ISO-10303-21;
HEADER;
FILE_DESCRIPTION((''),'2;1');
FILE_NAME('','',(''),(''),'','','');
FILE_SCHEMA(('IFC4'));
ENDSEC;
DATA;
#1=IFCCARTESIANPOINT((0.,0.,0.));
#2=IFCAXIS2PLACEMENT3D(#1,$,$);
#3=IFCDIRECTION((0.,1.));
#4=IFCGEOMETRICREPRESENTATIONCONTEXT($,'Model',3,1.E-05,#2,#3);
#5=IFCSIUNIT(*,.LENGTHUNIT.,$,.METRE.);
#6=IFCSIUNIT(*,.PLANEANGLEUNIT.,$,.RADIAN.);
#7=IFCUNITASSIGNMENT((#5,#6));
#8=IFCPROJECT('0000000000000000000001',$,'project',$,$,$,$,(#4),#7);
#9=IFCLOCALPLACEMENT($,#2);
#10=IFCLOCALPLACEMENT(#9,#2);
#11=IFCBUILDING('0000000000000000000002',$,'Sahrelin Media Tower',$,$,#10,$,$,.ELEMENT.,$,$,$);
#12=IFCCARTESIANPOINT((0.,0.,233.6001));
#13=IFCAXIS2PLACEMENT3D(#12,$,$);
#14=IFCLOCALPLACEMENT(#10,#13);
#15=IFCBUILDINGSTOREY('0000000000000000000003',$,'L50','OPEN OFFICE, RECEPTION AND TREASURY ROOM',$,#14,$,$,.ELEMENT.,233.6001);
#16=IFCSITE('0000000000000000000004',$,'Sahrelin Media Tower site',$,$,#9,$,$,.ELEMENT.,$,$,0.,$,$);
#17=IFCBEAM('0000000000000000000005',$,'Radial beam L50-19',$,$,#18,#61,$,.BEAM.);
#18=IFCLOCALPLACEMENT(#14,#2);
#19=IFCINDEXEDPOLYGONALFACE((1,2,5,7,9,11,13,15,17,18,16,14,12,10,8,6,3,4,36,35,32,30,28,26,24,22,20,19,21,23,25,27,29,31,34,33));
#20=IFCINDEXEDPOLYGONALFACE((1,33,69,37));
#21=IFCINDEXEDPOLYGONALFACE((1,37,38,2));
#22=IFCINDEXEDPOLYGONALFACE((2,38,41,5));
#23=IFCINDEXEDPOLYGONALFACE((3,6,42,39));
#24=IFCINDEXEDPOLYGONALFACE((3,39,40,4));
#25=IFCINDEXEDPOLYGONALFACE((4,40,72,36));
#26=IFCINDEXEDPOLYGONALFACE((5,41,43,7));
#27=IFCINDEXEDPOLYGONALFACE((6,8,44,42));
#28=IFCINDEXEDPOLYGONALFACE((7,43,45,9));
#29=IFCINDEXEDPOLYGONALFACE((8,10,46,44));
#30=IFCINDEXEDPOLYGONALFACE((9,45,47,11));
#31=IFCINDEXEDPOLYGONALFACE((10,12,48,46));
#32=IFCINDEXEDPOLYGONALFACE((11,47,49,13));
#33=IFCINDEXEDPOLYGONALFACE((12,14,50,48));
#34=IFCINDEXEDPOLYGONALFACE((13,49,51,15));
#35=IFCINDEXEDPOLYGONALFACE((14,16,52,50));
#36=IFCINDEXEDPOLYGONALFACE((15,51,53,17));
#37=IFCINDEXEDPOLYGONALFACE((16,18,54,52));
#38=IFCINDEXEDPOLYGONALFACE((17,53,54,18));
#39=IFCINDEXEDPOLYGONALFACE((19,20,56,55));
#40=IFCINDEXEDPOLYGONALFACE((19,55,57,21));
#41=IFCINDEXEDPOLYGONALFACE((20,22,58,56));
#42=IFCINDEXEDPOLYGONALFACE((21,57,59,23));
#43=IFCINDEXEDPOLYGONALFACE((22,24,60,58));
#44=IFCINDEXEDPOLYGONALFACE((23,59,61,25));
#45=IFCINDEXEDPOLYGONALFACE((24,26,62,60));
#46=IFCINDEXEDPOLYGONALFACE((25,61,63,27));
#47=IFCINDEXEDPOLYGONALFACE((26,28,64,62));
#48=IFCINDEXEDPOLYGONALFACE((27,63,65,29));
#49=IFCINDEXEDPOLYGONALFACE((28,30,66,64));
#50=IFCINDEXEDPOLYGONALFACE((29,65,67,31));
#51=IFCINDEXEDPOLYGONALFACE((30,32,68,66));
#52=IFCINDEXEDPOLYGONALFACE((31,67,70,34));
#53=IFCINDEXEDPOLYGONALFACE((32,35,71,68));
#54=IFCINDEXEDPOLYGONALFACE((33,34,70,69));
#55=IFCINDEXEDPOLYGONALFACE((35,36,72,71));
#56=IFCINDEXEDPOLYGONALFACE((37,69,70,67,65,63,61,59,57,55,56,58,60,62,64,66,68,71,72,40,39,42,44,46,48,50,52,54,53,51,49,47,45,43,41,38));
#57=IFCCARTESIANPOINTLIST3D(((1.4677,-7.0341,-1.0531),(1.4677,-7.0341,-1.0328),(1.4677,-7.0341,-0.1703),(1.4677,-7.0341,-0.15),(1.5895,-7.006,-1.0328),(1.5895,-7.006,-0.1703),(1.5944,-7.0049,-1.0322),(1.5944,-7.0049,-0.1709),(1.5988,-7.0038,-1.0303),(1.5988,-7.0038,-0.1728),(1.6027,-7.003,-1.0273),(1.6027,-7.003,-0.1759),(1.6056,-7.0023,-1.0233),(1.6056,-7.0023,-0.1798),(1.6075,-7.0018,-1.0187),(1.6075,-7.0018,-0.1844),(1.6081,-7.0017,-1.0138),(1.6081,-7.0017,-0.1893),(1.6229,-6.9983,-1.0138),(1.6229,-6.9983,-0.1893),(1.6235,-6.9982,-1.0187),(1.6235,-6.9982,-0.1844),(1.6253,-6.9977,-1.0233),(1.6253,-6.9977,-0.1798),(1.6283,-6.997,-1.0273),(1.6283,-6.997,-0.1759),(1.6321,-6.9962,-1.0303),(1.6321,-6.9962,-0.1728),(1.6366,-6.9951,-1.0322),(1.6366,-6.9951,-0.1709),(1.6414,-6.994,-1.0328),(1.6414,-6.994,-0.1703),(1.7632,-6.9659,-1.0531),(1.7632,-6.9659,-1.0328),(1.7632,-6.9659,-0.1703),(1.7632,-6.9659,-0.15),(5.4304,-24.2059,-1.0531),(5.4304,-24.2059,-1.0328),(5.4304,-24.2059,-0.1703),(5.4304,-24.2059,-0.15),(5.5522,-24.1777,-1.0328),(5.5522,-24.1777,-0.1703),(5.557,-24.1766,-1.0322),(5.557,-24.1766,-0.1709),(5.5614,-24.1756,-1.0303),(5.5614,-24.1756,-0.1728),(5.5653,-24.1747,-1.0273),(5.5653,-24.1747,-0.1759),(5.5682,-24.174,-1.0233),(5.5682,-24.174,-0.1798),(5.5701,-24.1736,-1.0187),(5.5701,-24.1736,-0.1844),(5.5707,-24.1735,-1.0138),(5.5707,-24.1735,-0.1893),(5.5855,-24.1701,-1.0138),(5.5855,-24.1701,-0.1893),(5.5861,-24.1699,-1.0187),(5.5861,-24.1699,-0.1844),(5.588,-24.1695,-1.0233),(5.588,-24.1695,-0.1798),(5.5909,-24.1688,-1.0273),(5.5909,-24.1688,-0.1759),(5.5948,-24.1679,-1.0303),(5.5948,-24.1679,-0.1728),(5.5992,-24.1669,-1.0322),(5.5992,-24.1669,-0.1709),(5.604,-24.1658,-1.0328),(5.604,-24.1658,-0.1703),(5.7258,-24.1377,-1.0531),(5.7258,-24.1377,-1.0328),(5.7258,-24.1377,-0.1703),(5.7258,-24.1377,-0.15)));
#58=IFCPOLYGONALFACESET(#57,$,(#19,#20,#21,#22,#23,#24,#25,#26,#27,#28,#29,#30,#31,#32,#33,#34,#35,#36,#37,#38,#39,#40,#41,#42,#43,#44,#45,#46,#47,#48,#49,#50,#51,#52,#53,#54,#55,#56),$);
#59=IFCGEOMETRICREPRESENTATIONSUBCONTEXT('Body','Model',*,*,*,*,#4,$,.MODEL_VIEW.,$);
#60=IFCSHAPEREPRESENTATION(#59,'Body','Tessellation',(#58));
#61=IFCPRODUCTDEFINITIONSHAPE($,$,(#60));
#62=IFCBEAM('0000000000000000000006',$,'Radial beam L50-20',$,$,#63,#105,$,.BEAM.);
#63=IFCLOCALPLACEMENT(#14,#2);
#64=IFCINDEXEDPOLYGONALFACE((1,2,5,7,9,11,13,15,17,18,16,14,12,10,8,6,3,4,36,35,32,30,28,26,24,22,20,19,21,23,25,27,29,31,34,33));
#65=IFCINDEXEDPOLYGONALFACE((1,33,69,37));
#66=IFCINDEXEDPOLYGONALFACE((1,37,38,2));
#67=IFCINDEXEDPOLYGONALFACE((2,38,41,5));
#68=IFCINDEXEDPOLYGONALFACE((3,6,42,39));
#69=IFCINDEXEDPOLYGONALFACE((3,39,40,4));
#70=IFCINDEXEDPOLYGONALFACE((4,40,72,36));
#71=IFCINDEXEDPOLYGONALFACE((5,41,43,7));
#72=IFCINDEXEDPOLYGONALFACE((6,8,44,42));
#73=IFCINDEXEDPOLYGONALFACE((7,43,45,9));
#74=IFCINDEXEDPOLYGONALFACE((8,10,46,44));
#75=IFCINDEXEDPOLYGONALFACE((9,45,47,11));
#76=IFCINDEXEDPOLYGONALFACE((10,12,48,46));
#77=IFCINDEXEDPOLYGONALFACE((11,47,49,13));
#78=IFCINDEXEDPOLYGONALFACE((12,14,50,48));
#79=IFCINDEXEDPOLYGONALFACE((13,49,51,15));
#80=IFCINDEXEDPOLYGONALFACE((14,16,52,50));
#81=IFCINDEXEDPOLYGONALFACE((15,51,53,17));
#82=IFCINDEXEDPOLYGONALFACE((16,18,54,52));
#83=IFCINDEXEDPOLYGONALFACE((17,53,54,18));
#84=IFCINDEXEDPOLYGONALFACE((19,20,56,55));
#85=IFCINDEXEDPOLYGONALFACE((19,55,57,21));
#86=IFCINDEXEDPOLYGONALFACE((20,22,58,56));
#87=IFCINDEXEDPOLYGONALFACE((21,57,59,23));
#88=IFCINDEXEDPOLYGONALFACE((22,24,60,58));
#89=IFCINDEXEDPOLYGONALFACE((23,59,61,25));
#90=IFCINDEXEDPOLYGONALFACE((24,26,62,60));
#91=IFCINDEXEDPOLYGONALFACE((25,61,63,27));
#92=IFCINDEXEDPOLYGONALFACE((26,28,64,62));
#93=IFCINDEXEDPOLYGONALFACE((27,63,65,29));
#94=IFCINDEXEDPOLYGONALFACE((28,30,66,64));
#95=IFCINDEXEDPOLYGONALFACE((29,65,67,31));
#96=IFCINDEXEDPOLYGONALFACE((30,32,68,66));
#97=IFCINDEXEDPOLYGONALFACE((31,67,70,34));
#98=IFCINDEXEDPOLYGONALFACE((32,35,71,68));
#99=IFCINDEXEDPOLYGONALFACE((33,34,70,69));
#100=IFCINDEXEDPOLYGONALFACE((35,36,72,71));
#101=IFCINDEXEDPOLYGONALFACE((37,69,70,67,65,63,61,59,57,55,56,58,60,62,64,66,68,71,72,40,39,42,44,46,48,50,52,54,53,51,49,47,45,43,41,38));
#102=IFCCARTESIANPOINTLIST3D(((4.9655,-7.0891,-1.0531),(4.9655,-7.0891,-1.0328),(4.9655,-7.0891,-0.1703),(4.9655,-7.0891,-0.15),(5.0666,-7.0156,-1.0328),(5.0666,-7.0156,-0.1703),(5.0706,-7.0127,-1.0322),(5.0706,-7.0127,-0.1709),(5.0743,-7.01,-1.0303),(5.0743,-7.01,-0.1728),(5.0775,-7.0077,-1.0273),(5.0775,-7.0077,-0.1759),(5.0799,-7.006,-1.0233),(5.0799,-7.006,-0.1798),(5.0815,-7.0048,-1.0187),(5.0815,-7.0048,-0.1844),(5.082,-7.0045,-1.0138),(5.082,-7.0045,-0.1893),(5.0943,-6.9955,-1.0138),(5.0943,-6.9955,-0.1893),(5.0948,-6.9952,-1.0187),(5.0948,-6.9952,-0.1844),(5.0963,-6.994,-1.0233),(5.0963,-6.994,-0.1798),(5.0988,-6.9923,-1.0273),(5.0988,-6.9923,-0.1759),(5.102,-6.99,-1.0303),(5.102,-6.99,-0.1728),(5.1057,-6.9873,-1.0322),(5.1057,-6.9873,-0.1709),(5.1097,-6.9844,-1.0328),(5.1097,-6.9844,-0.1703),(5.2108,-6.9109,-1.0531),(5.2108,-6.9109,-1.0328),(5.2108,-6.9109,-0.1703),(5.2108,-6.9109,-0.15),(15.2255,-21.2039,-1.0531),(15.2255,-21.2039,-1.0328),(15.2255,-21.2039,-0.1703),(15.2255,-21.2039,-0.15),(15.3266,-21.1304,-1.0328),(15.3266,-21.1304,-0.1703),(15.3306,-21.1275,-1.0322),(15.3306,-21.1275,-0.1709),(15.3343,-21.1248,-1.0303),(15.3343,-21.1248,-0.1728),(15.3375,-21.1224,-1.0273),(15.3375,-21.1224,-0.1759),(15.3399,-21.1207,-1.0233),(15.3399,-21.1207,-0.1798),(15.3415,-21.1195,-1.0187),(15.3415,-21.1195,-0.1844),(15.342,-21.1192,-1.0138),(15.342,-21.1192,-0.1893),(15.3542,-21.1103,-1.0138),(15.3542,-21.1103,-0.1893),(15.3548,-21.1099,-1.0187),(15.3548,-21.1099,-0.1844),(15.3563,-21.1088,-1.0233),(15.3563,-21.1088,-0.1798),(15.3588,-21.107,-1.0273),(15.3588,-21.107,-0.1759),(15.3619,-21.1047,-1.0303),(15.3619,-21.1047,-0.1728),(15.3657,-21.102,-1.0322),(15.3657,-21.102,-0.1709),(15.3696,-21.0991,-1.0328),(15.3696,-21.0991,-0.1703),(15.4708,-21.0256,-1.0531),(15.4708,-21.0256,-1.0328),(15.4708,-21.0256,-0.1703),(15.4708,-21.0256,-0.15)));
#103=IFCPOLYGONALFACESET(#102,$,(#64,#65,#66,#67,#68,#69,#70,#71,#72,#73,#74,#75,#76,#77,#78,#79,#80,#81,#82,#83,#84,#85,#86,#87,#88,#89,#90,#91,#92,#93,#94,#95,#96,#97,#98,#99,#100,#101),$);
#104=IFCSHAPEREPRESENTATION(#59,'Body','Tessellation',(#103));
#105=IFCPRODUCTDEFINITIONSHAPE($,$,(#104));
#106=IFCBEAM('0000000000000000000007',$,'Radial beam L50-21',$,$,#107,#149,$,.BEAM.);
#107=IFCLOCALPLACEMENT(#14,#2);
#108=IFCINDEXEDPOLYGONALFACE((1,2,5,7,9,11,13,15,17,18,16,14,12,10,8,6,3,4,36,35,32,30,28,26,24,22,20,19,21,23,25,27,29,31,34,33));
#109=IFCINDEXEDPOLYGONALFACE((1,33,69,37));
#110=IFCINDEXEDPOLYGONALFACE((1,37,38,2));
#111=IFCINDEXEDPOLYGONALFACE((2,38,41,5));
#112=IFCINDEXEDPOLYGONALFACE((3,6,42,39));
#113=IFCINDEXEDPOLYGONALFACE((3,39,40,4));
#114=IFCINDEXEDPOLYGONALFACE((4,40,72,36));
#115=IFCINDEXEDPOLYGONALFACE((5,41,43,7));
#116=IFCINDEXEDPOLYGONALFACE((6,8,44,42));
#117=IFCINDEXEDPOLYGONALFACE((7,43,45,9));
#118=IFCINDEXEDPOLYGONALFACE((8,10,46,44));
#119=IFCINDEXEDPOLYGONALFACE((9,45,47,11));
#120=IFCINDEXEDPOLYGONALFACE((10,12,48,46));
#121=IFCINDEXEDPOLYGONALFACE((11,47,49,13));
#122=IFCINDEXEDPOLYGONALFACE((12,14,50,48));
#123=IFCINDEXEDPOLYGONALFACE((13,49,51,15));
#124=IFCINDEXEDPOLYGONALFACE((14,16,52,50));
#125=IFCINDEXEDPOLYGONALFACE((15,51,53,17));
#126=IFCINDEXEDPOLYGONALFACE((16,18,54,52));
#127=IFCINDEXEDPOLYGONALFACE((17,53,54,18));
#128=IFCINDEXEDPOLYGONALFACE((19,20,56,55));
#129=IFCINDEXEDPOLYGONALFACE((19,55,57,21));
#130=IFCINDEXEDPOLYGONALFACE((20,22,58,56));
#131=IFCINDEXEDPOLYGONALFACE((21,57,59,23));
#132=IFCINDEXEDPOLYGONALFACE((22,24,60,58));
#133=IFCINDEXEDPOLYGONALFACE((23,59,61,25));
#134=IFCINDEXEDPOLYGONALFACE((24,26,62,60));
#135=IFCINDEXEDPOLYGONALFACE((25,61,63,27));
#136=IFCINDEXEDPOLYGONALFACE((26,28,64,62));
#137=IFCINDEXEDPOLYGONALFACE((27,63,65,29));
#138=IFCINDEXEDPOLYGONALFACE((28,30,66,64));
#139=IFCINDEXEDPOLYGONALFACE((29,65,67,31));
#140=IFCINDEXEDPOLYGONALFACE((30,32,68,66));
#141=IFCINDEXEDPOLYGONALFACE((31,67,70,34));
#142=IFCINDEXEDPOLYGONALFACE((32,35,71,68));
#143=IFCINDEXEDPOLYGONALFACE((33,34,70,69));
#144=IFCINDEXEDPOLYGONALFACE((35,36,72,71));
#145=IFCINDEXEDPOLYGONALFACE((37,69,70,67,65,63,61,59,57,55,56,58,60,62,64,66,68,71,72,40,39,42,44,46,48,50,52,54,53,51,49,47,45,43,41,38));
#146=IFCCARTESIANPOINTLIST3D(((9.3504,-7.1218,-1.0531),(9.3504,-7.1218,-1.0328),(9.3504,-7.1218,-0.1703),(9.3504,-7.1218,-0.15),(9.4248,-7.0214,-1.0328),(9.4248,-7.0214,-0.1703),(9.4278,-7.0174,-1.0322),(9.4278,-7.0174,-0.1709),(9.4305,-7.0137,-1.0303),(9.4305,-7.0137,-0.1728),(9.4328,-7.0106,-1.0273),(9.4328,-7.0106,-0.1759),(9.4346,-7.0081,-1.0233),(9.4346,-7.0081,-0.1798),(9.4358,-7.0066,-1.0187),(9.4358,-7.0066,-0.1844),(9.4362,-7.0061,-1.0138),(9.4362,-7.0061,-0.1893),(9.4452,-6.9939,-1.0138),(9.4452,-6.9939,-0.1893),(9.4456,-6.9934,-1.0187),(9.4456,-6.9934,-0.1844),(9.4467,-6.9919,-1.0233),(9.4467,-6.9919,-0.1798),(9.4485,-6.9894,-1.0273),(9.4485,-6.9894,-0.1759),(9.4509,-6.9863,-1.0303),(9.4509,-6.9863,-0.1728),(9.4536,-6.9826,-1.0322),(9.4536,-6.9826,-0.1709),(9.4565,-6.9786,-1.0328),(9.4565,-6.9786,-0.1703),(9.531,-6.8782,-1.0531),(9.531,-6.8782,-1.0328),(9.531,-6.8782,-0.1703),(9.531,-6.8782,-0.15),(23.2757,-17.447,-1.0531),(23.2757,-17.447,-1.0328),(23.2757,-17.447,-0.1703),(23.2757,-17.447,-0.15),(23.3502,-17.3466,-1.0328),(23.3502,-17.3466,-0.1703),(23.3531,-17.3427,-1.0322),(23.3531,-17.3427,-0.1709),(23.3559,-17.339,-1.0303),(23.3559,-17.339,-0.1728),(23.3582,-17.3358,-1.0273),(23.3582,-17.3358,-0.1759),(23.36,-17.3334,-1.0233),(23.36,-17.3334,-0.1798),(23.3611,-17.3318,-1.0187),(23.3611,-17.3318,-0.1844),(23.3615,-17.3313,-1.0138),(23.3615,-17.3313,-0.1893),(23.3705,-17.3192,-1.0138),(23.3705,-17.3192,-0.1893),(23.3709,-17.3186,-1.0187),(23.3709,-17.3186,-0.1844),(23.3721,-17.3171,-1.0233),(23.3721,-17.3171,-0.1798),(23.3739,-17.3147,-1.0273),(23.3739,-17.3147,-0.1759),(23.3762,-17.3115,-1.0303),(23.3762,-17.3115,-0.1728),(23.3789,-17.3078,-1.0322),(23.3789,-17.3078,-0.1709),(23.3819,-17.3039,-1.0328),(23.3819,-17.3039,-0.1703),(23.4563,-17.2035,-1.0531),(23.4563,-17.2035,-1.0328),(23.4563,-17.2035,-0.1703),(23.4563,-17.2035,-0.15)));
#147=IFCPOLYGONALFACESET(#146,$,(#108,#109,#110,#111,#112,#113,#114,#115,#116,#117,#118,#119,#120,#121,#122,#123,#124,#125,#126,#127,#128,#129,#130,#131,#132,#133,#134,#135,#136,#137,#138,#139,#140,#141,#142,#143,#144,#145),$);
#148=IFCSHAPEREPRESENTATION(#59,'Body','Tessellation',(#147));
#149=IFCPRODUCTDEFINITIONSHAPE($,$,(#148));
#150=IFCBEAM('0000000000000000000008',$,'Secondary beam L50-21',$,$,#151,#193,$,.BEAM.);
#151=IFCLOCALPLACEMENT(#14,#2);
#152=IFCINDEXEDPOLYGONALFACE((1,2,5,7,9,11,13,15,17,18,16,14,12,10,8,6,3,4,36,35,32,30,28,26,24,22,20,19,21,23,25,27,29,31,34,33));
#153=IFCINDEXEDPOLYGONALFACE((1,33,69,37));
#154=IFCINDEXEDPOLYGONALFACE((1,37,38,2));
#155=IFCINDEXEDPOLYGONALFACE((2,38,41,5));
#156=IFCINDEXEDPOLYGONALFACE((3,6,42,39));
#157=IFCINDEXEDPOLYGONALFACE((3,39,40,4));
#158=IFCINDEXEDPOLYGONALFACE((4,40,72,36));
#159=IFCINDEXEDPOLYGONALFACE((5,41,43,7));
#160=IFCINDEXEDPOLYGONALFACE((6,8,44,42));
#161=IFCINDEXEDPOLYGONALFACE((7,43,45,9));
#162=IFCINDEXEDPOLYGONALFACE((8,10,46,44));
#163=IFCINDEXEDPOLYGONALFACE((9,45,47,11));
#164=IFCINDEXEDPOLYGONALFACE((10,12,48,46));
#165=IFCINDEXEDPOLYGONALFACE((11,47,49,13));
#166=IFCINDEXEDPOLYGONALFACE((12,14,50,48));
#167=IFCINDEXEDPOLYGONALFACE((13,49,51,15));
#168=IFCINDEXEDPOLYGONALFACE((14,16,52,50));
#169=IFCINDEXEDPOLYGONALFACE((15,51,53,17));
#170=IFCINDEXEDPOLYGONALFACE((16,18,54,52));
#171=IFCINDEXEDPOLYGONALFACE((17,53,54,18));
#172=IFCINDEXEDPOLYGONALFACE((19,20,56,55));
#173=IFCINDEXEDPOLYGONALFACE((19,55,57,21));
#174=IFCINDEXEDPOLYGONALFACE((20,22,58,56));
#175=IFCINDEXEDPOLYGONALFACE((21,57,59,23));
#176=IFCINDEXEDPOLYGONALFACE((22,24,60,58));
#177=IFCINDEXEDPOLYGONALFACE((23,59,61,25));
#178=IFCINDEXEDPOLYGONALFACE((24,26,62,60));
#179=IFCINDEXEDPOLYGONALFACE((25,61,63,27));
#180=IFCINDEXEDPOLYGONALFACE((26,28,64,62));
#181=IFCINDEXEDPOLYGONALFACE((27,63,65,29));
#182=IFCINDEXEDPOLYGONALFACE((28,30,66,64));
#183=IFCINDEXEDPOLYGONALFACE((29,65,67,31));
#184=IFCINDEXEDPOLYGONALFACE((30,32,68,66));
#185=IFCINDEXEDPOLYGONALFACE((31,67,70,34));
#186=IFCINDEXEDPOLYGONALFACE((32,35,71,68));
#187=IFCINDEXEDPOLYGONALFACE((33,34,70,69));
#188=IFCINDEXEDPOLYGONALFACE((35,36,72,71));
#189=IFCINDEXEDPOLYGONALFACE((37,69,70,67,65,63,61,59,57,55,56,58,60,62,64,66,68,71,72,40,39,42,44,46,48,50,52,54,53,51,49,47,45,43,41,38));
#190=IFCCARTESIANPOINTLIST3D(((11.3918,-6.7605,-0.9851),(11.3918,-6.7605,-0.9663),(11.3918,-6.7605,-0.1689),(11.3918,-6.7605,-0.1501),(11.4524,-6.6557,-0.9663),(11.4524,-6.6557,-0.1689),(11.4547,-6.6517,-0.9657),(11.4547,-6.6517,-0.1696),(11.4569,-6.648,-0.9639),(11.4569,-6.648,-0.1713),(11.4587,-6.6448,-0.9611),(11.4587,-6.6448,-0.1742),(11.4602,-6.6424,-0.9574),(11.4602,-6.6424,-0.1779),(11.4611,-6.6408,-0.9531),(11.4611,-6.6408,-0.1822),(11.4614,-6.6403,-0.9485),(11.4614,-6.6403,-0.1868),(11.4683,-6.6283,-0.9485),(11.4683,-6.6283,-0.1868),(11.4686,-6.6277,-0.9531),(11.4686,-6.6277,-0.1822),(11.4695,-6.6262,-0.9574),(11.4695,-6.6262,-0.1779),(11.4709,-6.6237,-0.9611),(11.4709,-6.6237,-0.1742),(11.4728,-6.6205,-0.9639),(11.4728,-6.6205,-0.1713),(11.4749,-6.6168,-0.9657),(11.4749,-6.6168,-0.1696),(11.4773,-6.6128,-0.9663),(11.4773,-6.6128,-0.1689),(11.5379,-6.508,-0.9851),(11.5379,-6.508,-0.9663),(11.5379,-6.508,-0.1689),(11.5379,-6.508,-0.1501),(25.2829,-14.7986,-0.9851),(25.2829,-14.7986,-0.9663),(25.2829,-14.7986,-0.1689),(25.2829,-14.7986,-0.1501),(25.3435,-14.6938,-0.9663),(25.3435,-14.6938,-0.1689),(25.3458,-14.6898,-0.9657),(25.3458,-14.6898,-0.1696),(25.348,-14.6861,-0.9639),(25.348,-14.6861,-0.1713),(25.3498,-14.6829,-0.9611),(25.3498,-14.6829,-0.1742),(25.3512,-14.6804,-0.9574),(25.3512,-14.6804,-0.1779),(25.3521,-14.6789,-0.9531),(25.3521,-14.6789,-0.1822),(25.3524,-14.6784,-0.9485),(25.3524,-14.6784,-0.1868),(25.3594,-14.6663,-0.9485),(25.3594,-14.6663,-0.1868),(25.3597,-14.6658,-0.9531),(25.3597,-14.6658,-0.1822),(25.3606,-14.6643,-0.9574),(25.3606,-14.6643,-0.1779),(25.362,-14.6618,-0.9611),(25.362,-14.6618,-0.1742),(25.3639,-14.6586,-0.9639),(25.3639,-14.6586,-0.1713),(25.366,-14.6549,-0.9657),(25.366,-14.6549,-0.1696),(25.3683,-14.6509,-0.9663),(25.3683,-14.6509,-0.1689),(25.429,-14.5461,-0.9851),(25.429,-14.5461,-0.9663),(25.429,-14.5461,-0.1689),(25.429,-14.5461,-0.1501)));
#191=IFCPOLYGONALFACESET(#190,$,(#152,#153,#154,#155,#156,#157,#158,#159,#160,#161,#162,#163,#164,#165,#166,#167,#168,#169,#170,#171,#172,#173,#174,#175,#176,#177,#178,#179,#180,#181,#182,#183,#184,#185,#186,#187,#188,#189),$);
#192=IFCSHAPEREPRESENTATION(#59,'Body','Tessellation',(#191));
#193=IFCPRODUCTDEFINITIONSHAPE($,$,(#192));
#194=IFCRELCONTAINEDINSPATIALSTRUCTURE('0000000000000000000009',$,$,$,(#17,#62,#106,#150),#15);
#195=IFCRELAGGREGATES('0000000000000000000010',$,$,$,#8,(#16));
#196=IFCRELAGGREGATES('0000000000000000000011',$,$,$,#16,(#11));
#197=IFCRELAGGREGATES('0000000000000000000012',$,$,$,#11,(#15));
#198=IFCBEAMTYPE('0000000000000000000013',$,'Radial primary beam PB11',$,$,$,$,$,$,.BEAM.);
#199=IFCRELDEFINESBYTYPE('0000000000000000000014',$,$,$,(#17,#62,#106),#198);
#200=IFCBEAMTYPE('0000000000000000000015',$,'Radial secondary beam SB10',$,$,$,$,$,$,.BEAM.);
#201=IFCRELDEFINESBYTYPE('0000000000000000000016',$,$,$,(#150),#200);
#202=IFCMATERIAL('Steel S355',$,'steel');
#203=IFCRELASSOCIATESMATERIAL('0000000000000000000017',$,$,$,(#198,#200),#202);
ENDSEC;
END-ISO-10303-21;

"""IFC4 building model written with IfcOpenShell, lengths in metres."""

from ifc_helpers import new_model, si_unit, direction, frame, origin, origin_2d, place, context, subcontext, project, spatial, i_section, extrude, material, material_profile, profile_set, type_object, element, save


model = new_model("IFC4")

# Units and contexts
model_context = context("Model", 3, precision=1e-05, world=origin(), true_north=direction((0.0, 1.0)))
body_context = subcontext(model_context, "Body", "Model", "MODEL_VIEW")
ifc_project = project(units=[si_unit("LENGTHUNIT", "METRE"), si_unit("PLANEANGLEUNIT", "RADIAN")], contexts=[model_context])

# Site, building, storey
site_placement = place(None, origin())
site = spatial("IfcSite", under=ifc_project, at=site_placement, Name="Sahrelin Media Tower site", CompositionType="ELEMENT", RefElevation=0.0)
building_placement = place(site_placement, origin())
building = spatial("IfcBuilding", under=site, at=building_placement, Name="Sahrelin Media Tower", CompositionType="ELEMENT")
storey_placement = place(building_placement, frame((0.0, 0.0, 233.6001)))
storey = spatial("IfcBuildingStorey", under=building, at=storey_placement, Name="L50", Description="OPEN OFFICE, RECEPTION AND TREASURY ROOM", CompositionType="ELEMENT", Elevation=233.6001)

# Shared definitions
ifc_material_1 = material(Name="Steel S355", Category="steel")

# Beams
ifc_material_profile_1 = material_profile(ifc_material_1, i_section(OverallWidth=0.3032, OverallDepth=0.9031, WebThickness=0.0151, FlangeThickness=0.0203, FilletRadius=0.019, at=origin_2d()), Name="UB 914x305x201")
ifc_profile_set_1 = profile_set([ifc_material_profile_1], Name="Steel S355")
beam_type_1 = type_object("IfcBeamType", Name="Radial primary beam PB11", PredefinedType="BEAM", material=ifc_profile_set_1)
beam_1_placement = place(storey_placement, frame((1.6155, -7.0, -0.6016), z_axis=(0.224854, -0.974392, 0.0), x_axis=(0.974392, 0.224854, 0.0)))
element("IfcBeam", 1, at=beam_1_placement, inside=storey, type_object=beam_type_1, Name="Radial beam L50-19", PredefinedType="BEAM", context=body_context, shape_type="SweptSolid", body=[
    extrude(i_section(OverallWidth=0.3032, OverallDepth=0.9031, WebThickness=0.0151, FlangeThickness=0.0203, FilletRadius=0.019, at=origin_2d()), origin(), (0.0, 0.0, 1.0), 17.623),
])
beam_2_placement = place(storey_placement, frame((5.0881, -7.0, -0.6016), z_axis=(0.587975, -0.808879, 0.0), x_axis=(0.808879, 0.587975, 0.0)))
element("IfcBeam", 2, at=beam_2_placement, inside=storey, type_object=beam_type_1, Name="Radial beam L50-20", PredefinedType="BEAM", context=body_context, shape_type="SweptSolid", body=[
    extrude(i_section(OverallWidth=0.3032, OverallDepth=0.9031, WebThickness=0.0151, FlangeThickness=0.0203, FilletRadius=0.019, at=origin_2d()), origin(), (0.0, 0.0, 1.0), 17.4497),
])
beam_3_placement = place(storey_placement, frame((9.4407, -7.0, -0.6016), z_axis=(0.803277, -0.595606, 0.0), x_axis=(0.595606, 0.803277, 0.0)))
element("IfcBeam", 3, at=beam_3_placement, inside=storey, type_object=beam_type_1, Name="Radial beam L50-21", PredefinedType="BEAM", context=body_context, shape_type="SweptSolid", body=[
    extrude(i_section(OverallWidth=0.3032, OverallDepth=0.9031, WebThickness=0.0151, FlangeThickness=0.0203, FilletRadius=0.019, at=origin_2d()), origin(), (0.0, 0.0, 1.0), 17.3357),
])
ifc_material_profile_2 = material_profile(ifc_material_1, i_section(OverallWidth=0.2917, OverallDepth=0.835, WebThickness=0.0139, FlangeThickness=0.0188, FilletRadius=0.0178, at=origin_2d()), Name="UB 838x292x176")
ifc_profile_set_2 = profile_set([ifc_material_profile_2], Name="Steel S355")
beam_type_2 = type_object("IfcBeamType", Name="Radial secondary beam SB10", PredefinedType="BEAM", material=ifc_profile_set_2)
beam_4_placement = place(storey_placement, frame((11.4648, -6.6343, -0.5676), z_axis=(0.865538, -0.500843, 0.0), x_axis=(0.500843, 0.865538, 0.0)))
element("IfcBeam", 4, at=beam_4_placement, inside=storey, type_object=beam_type_2, Name="Secondary beam L50-21", PredefinedType="BEAM", context=body_context, shape_type="SweptSolid", body=[
    extrude(i_section(OverallWidth=0.2917, OverallDepth=0.835, WebThickness=0.0139, FlangeThickness=0.0188, FilletRadius=0.0178, at=origin_2d()), origin(), (0.0, 0.0, 1.0), 16.0491),
])

save(model, "model.ifc")
